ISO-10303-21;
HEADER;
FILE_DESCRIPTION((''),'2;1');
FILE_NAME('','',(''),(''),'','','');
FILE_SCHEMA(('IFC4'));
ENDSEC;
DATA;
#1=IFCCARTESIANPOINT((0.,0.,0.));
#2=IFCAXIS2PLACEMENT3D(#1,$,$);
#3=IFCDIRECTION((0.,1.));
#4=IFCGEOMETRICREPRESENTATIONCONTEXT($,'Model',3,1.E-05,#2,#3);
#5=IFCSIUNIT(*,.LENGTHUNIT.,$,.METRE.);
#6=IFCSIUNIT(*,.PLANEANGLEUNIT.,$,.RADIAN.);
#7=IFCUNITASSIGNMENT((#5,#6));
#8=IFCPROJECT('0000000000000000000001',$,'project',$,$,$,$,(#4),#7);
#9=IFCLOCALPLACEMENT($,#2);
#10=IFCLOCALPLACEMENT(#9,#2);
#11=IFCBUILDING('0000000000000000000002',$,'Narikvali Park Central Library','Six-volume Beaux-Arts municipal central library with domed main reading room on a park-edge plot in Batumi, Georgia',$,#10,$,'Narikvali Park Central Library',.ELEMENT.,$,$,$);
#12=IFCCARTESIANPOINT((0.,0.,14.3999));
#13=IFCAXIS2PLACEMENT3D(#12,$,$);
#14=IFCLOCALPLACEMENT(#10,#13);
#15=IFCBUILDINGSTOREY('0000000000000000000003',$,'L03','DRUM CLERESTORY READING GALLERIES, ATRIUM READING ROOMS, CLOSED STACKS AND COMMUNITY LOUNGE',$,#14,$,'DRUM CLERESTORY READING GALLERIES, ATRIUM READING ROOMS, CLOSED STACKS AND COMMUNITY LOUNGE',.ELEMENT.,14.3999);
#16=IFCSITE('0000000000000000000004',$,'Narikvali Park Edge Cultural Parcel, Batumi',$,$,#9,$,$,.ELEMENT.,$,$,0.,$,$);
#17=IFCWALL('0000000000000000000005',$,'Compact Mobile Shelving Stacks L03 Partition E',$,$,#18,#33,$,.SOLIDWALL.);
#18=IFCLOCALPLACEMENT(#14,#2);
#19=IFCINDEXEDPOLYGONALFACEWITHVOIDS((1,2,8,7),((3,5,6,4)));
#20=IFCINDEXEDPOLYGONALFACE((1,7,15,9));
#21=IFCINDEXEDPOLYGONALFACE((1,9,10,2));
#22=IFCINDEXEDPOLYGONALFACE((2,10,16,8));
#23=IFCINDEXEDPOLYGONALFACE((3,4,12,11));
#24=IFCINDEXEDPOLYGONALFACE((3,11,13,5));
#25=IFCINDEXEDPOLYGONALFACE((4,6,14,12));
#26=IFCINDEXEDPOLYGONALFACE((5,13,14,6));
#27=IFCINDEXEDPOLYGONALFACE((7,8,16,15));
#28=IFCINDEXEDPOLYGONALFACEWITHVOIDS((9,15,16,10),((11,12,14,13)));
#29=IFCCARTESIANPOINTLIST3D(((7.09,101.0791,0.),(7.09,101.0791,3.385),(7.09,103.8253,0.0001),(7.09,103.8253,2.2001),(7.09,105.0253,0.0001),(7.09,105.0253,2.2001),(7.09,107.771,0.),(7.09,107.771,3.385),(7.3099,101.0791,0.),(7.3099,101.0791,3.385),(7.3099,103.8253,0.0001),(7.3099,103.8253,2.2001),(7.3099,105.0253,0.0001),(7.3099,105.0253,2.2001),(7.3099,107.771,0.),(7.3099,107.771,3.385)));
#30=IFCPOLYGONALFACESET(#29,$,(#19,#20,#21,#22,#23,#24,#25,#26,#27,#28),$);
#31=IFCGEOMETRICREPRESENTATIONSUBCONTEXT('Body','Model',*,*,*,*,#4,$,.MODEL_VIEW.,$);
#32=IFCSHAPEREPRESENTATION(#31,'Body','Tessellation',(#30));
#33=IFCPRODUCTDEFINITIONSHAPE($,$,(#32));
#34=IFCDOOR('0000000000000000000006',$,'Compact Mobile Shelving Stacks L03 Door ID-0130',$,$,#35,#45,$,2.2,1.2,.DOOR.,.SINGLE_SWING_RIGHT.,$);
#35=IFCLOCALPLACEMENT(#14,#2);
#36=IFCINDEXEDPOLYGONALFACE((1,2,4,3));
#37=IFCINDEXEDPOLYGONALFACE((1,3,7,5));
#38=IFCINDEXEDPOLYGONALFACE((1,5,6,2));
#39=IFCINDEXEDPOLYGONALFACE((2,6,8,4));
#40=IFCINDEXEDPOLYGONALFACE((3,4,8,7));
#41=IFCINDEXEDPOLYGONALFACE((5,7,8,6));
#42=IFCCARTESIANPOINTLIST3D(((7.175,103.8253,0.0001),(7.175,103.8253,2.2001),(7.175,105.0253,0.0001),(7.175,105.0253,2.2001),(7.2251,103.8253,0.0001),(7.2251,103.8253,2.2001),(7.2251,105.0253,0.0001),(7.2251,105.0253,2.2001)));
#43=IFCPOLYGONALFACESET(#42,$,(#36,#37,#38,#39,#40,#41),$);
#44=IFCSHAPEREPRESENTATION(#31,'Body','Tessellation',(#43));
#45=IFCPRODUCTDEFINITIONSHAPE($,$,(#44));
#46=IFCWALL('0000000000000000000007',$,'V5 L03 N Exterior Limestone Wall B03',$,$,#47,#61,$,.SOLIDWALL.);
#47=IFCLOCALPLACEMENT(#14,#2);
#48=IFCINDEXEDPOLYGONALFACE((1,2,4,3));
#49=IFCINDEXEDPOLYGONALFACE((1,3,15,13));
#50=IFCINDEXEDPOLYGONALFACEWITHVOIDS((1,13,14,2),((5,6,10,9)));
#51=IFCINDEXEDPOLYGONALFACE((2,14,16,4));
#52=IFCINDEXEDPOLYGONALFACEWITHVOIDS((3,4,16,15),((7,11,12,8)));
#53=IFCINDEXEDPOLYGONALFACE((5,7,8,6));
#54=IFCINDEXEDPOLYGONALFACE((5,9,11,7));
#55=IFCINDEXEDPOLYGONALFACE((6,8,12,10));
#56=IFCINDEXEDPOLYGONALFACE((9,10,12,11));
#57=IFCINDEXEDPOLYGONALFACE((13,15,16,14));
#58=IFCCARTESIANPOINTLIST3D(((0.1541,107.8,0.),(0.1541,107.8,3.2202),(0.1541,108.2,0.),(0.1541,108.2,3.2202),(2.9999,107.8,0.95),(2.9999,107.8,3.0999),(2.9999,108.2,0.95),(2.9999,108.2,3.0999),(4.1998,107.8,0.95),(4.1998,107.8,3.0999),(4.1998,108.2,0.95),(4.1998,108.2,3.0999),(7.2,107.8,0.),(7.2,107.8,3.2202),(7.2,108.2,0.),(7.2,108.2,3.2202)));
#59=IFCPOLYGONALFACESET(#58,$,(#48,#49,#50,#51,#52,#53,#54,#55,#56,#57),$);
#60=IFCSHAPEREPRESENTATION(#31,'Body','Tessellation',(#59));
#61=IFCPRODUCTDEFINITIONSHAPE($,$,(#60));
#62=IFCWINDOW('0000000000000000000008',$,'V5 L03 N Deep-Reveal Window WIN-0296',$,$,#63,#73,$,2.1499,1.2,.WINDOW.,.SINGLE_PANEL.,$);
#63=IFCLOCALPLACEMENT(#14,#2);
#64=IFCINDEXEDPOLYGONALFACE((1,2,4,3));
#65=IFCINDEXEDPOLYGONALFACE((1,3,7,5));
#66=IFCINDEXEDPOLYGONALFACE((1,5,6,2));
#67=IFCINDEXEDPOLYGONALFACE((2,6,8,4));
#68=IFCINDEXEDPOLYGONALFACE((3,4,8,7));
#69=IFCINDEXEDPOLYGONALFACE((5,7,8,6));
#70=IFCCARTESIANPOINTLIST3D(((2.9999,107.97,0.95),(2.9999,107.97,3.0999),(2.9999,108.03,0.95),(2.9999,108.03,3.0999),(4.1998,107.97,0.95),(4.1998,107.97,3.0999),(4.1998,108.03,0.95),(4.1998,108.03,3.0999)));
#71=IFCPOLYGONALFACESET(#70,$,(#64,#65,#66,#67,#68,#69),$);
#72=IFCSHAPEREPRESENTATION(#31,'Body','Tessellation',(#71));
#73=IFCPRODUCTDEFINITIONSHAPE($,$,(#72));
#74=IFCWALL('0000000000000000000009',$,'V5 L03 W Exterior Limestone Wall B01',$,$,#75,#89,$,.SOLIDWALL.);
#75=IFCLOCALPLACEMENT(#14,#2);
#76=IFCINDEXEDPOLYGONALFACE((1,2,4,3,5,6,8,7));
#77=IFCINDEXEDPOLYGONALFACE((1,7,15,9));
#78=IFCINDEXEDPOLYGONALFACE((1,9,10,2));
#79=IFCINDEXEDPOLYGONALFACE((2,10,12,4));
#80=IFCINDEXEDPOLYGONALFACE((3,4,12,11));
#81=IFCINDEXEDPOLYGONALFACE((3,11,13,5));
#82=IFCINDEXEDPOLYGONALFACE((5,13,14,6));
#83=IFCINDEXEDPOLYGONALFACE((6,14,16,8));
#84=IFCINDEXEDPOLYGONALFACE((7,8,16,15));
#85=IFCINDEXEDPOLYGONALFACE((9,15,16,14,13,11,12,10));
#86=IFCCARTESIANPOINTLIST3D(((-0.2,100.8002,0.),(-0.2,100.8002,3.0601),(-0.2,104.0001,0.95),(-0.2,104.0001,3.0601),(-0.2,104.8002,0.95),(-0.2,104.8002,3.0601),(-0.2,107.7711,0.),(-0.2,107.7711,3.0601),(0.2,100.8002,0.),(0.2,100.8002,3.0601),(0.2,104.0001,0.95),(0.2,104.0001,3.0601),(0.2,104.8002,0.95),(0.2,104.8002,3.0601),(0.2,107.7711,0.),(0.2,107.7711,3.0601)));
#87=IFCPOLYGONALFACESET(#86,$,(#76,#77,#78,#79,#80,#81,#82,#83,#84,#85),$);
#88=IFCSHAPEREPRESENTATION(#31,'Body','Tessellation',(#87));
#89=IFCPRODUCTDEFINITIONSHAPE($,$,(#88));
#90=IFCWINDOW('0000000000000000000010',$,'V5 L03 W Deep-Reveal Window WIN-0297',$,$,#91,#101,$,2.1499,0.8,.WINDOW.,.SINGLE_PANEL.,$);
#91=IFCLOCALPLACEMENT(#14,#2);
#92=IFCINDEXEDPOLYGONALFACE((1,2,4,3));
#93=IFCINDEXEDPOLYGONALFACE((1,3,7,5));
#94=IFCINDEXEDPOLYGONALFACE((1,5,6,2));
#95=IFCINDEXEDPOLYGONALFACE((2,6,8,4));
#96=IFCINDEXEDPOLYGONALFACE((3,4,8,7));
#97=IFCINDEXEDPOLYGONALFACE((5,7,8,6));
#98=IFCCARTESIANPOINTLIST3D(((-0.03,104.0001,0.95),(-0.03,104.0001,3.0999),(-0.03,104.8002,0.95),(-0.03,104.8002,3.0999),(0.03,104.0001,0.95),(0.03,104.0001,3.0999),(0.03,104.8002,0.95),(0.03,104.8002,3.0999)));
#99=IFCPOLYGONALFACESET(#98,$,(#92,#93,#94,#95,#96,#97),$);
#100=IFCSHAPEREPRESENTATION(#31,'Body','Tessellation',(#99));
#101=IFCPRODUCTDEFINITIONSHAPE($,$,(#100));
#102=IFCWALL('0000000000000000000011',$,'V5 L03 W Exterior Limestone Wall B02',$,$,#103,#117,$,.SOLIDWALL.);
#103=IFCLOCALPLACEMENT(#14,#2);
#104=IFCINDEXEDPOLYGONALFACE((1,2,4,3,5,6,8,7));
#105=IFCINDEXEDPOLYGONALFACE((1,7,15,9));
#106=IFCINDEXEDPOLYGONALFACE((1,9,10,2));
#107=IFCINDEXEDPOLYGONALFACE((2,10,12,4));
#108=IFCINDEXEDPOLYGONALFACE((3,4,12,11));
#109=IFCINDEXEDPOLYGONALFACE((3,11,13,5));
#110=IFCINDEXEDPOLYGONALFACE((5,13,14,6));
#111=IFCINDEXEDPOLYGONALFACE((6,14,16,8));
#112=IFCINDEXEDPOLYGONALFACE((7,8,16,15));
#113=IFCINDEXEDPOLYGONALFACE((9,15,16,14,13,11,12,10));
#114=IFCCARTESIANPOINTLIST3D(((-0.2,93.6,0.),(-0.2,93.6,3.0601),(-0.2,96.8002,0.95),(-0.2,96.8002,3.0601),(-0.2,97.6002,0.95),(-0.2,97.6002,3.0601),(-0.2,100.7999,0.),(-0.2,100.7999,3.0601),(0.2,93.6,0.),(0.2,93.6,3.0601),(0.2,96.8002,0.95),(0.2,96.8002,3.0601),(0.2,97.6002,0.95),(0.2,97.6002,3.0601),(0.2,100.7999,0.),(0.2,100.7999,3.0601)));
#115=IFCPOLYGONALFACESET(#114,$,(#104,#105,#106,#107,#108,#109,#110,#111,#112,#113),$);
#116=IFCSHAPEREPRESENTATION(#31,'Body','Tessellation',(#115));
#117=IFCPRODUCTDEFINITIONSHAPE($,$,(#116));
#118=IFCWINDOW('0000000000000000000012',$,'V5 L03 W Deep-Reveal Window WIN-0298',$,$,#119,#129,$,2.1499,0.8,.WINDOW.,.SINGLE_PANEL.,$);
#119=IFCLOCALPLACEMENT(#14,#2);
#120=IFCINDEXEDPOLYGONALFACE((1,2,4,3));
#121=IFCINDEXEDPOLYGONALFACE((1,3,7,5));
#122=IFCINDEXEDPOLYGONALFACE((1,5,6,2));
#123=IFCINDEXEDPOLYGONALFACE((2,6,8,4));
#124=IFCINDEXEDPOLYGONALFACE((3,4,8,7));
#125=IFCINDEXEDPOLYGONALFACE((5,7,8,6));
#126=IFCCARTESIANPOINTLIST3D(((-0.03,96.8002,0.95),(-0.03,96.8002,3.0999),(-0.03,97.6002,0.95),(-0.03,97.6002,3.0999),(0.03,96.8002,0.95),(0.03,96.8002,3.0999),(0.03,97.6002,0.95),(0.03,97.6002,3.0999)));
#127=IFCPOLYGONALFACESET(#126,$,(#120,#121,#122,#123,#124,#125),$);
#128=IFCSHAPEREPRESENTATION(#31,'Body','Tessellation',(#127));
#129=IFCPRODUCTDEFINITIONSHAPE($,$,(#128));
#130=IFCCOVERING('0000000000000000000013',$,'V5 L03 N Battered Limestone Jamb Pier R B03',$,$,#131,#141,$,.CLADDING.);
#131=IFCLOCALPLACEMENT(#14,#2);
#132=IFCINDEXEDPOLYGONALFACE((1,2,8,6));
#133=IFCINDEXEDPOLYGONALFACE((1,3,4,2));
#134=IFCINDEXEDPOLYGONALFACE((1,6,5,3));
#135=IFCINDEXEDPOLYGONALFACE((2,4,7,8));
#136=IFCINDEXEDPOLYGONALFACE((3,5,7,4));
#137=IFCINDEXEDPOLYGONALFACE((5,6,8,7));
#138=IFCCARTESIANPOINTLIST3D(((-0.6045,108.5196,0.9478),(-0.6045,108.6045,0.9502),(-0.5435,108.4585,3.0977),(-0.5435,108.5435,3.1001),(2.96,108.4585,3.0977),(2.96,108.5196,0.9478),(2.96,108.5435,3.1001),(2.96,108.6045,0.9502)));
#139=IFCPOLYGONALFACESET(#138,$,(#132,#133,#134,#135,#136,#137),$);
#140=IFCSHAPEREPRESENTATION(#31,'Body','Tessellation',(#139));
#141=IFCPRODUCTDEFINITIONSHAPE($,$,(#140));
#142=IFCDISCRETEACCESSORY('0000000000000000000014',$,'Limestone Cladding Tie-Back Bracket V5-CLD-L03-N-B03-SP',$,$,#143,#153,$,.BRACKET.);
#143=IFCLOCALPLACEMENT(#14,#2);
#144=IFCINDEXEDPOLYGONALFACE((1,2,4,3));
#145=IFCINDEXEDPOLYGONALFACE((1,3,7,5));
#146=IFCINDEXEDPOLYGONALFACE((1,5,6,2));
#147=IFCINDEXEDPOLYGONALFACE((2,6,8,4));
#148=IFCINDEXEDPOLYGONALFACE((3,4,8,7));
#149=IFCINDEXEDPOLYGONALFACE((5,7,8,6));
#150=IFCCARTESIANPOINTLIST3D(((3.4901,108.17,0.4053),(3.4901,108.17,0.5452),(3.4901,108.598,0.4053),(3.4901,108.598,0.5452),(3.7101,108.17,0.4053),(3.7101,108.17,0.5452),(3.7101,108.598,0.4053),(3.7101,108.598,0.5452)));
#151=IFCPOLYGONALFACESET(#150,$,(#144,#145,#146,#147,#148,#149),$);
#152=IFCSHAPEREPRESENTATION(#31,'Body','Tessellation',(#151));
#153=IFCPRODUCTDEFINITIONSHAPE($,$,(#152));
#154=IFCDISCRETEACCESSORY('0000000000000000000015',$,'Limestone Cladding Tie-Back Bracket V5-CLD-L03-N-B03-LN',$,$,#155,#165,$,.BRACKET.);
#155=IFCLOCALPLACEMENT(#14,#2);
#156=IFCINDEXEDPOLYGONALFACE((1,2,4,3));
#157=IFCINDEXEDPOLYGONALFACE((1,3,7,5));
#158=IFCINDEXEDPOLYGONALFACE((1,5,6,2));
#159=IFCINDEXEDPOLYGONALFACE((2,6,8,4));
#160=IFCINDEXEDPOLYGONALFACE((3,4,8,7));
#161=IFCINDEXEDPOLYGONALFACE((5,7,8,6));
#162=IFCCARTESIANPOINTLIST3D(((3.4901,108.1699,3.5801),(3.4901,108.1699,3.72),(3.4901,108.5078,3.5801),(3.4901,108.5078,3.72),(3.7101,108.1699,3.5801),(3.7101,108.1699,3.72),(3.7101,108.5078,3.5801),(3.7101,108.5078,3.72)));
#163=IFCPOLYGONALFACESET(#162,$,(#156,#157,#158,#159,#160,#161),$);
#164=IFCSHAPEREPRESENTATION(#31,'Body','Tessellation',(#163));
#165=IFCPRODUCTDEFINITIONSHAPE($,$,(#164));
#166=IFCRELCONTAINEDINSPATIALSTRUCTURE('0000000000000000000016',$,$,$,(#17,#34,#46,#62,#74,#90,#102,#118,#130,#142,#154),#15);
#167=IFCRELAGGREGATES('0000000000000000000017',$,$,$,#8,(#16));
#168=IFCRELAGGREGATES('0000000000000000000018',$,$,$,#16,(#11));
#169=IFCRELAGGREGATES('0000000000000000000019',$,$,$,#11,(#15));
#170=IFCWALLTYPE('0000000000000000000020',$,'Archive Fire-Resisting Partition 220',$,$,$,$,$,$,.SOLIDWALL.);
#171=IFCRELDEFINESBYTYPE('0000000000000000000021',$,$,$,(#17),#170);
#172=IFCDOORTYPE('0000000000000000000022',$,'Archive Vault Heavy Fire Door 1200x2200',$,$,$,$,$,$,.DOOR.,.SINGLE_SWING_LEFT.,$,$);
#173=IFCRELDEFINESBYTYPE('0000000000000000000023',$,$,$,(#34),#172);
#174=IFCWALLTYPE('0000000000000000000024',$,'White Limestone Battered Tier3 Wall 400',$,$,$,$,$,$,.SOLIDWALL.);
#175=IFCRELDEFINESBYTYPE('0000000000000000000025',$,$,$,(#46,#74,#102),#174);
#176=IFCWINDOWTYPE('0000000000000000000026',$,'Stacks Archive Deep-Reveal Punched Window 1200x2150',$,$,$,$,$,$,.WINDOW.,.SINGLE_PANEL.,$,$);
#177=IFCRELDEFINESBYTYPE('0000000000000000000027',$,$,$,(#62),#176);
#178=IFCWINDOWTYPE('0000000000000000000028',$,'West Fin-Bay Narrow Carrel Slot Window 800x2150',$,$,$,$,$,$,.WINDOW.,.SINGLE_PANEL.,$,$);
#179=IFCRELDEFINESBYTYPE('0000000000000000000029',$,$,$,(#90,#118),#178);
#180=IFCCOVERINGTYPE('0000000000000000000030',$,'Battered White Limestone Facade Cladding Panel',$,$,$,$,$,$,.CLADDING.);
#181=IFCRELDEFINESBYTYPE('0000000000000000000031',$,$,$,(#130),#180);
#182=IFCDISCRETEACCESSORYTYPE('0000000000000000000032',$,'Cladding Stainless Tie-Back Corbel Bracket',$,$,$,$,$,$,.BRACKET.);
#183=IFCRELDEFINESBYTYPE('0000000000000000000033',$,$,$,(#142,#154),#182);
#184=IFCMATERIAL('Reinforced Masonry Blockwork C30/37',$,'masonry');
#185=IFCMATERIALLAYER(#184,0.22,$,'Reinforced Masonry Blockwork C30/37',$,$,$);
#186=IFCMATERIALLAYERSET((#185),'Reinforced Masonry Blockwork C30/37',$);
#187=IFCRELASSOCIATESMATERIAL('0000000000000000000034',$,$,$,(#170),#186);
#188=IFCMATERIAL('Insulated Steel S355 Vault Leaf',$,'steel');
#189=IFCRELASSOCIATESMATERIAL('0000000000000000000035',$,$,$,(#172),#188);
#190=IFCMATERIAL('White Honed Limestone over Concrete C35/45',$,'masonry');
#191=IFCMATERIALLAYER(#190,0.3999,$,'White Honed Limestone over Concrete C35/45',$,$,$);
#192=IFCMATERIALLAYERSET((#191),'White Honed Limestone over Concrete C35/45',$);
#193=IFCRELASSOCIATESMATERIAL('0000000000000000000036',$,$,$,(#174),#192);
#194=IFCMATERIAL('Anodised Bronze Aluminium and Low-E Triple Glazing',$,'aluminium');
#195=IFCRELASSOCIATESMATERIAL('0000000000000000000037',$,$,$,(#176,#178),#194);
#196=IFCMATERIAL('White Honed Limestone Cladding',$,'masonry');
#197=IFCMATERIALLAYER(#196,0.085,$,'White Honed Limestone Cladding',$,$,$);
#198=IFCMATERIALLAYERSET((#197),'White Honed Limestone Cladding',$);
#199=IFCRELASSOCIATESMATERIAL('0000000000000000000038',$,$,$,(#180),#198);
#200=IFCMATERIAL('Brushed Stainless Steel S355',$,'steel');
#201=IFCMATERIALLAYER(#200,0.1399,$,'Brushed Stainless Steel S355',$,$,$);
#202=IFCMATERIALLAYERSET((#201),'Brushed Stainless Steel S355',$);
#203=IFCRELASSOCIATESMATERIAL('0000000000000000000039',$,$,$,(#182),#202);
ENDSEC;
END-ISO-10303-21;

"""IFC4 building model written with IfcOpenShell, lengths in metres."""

from ifc_helpers import new_model, si_unit, direction, frame, frame_2d, origin, origin_2d, place, context, subcontext, project, spatial, polyline, rectangle, outline, extrude, material, layer, layer_set, type_object, element, fill, save


model = new_model("IFC4")

# Units and contexts
model_context = context("Model", 3, precision=1e-05, world=origin(), true_north=direction((0.0, 1.0)))
body_context = subcontext(model_context, "Body", "Model", "MODEL_VIEW")
ifc_project = project(units=[si_unit("LENGTHUNIT", "METRE"), si_unit("PLANEANGLEUNIT", "RADIAN")], contexts=[model_context])

# Site, building, storey
site_placement = place(None, origin())
site = spatial("IfcSite", under=ifc_project, at=site_placement, Name="Narikvali Park Edge Cultural Parcel, Batumi", CompositionType="ELEMENT", RefElevation=0.0)
building_placement = place(site_placement, origin())
building = spatial("IfcBuilding", under=site, at=building_placement, Name="Narikvali Park Central Library", Description="Six-volume Beaux-Arts municipal central library with domed main reading room on a park-edge plot in Batumi, Georgia", LongName="Narikvali Park Central Library", CompositionType="ELEMENT")
storey_placement = place(building_placement, frame((0.0, 0.0, 14.3999)))
storey = spatial("IfcBuildingStorey", under=building, at=storey_placement, Name="L03", Description="DRUM CLERESTORY READING GALLERIES, ATRIUM READING ROOMS, CLOSED STACKS AND COMMUNITY LOUNGE", LongName="DRUM CLERESTORY READING GALLERIES, ATRIUM READING ROOMS, CLOSED STACKS AND COMMUNITY LOUNGE", CompositionType="ELEMENT", Elevation=14.3999)

# Wall, opening, door
ifc_material_1 = material(Name="Reinforced Masonry Blockwork C30/37", Category="masonry")
ifc_layer_1 = layer(ifc_material_1, 0.22, Name="Reinforced Masonry Blockwork C30/37")
ifc_layer_set_1 = layer_set([ifc_layer_1], Name="Reinforced Masonry Blockwork C30/37")
wall_type_1 = type_object("IfcWallType", Name="Archive Fire-Resisting Partition 220", PredefinedType="SOLIDWALL", material=ifc_layer_set_1)
wall_1_placement = place(storey_placement, frame((7.2, 101.0791, 0.0), z_axis=(0.0, 0.0, 1.0), x_axis=(0.0, 1.0, 0.0)))
wall_1 = element("IfcWall", 1, at=wall_1_placement, inside=storey, type_object=wall_type_1, Name="Compact Mobile Shelving Stacks L03 Partition E", PredefinedType="SOLIDWALL", context=body_context, shape_type="SweptSolid", body=[
    extrude(rectangle(XDim=6.6919, YDim=0.22, at=frame_2d((3.3459, 0.0))), origin(), (0.0, 0.0, 1.0), 3.385),
])
opening_1_placement = place(wall_1_placement, frame((2.7461, 0.0, 0.0)))
opening_1 = element("IfcOpeningElement", 2, at=opening_1_placement, cuts=wall_1, PredefinedType="OPENING", context=body_context, shape_type="SweptSolid", body=[
    extrude(rectangle(XDim=1.2, YDim=2.2, at=frame_2d((0.6001, 1.1001))), frame((0.0, 0.1221, 0.0), z_axis=(0.0, -1.0, 0.0), x_axis=(1.0, 0.0, 0.0)), (0.0, 0.0, 1.0), 0.2439),
])
ifc_material_2 = material(Name="Insulated Steel S355 Vault Leaf", Category="steel")
door_type = type_object("IfcDoorType", Name="Archive Vault Heavy Fire Door 1200x2200", OperationType="SINGLE_SWING_LEFT", PredefinedType="DOOR", material=ifc_material_2)
door_placement = place(opening_1_placement, origin())
door = element("IfcDoor", 3, at=door_placement, inside=storey, type_object=door_type, Name="Compact Mobile Shelving Stacks L03 Door ID-0130", OperationType="SINGLE_SWING_RIGHT", OverallHeight=2.2, OverallWidth=1.2, PredefinedType="DOOR", context=body_context, shape_type="SweptSolid", body=[
    extrude(rectangle(XDim=1.2, YDim=2.2, at=frame_2d((0.6001, 1.1001))), frame((0.0, 0.0249, 0.0), z_axis=(0.0, -1.0, 0.0), x_axis=(1.0, 0.0, 0.0)), (0.0, 0.0, 1.0), 0.05),
])
fill(opening_1, door)

# Walls, openings, windows
ifc_material_3 = material(Name="White Honed Limestone over Concrete C35/45", Category="masonry")
ifc_layer_2 = layer(ifc_material_3, 0.3999, Name="White Honed Limestone over Concrete C35/45")
ifc_layer_set_2 = layer_set([ifc_layer_2], Name="White Honed Limestone over Concrete C35/45")
wall_type_2 = type_object("IfcWallType", Name="White Limestone Battered Tier3 Wall 400", PredefinedType="SOLIDWALL", material=ifc_layer_set_2)
wall_2_placement = place(storey_placement, frame((7.2, 108.0, 0.0), z_axis=(0.0, 0.0, 1.0), x_axis=(-1.0, 0.0, 0.0)))
wall_2 = element("IfcWall", 4, at=wall_2_placement, inside=storey, type_object=wall_type_2, Name="V5 L03 N Exterior Limestone Wall B03", PredefinedType="SOLIDWALL", context=body_context, shape_type="SweptSolid", body=[
    extrude(rectangle(XDim=7.0459, YDim=0.3999, at=frame_2d((3.5229, 0.0))), origin(), (0.0, 0.0, 1.0), 3.2202),
])
opening_2_placement = place(wall_2_placement, frame((3.0, 0.0, 0.95)))
opening_2 = element("IfcOpeningElement", 5, at=opening_2_placement, cuts=wall_2, PredefinedType="OPENING", context=body_context, shape_type="SweptSolid", body=[
    extrude(rectangle(XDim=1.2, YDim=2.1499, at=frame_2d((0.6001, 1.075))), frame((0.0, 0.2119, 0.0), z_axis=(0.0, -1.0, 0.0), x_axis=(1.0, 0.0, 0.0)), (0.0, 0.0, 1.0), 0.4238),
])
ifc_material_4 = material(Name="Anodised Bronze Aluminium and Low-E Triple Glazing", Category="aluminium")
window_type_1 = type_object("IfcWindowType", Name="Stacks Archive Deep-Reveal Punched Window 1200x2150", PartitioningType="SINGLE_PANEL", PredefinedType="WINDOW", material=ifc_material_4)
window_1_placement = place(opening_2_placement, origin())
window_1 = element("IfcWindow", 6, at=window_1_placement, inside=storey, type_object=window_type_1, Name="V5 L03 N Deep-Reveal Window WIN-0296", OverallHeight=2.1499, OverallWidth=1.2, PartitioningType="SINGLE_PANEL", PredefinedType="WINDOW", context=body_context, shape_type="SweptSolid", body=[
    extrude(rectangle(XDim=1.2, YDim=2.1499, at=frame_2d((0.6001, 1.075))), frame((0.0, 0.03, 0.0), z_axis=(0.0, -1.0, 0.0), x_axis=(1.0, 0.0, 0.0)), (0.0, 0.0, 1.0), 0.0601),
])
fill(opening_2, window_1)
wall_3_placement = place(storey_placement, frame((0.0, 107.771, 0.0), z_axis=(0.0, 0.0, 1.0), x_axis=(0.0, -1.0, 0.0)))
wall_3 = element("IfcWall", 7, at=wall_3_placement, inside=storey, type_object=wall_type_2, Name="V5 L03 W Exterior Limestone Wall B01", PredefinedType="SOLIDWALL", context=body_context, shape_type="SweptSolid", body=[
    extrude(rectangle(XDim=6.9709, YDim=0.3999, at=frame_2d((3.4854, 0.0))), origin(), (0.0, 0.0, 1.0), 3.0601),
])
opening_3_placement = place(wall_3_placement, frame((2.9709, 0.0, 0.95)))
opening_3 = element("IfcOpeningElement", 8, at=opening_3_placement, cuts=wall_3, PredefinedType="OPENING", context=body_context, shape_type="SweptSolid", body=[
    extrude(rectangle(XDim=0.8, YDim=2.1499, at=frame_2d((0.3999, 1.075))), frame((0.0, 0.2119, 0.0), z_axis=(0.0, -1.0, 0.0), x_axis=(1.0, 0.0, 0.0)), (0.0, 0.0, 1.0), 0.4238),
])
window_type_2 = type_object("IfcWindowType", Name="West Fin-Bay Narrow Carrel Slot Window 800x2150", PartitioningType="SINGLE_PANEL", PredefinedType="WINDOW", material=ifc_material_4)
window_2_placement = place(opening_3_placement, origin())
window_2 = element("IfcWindow", 9, at=window_2_placement, inside=storey, type_object=window_type_2, Name="V5 L03 W Deep-Reveal Window WIN-0297", OverallHeight=2.1499, OverallWidth=0.8, PartitioningType="SINGLE_PANEL", PredefinedType="WINDOW", context=body_context, shape_type="SweptSolid", body=[
    extrude(rectangle(XDim=0.8, YDim=2.1499, at=frame_2d((0.3999, 1.075))), frame((0.0, 0.03, 0.0), z_axis=(0.0, -1.0, 0.0), x_axis=(1.0, 0.0, 0.0)), (0.0, 0.0, 1.0), 0.0601),
])
fill(opening_3, window_2)
wall_4_placement = place(storey_placement, frame((0.0, 100.8, 0.0), z_axis=(0.0, 0.0, 1.0), x_axis=(0.0, -1.0, 0.0)))
wall_4 = element("IfcWall", 10, at=wall_4_placement, inside=storey, type_object=wall_type_2, Name="V5 L03 W Exterior Limestone Wall B02", PredefinedType="SOLIDWALL", context=body_context, shape_type="SweptSolid", body=[
    extrude(rectangle(XDim=7.2, YDim=0.3999, at=frame_2d((3.6001, 0.0))), origin(), (0.0, 0.0, 1.0), 3.0601),
])
opening_4_placement = place(wall_4_placement, frame((3.2, 0.0, 0.95)))
opening_4 = element("IfcOpeningElement", 11, at=opening_4_placement, cuts=wall_4, PredefinedType="OPENING", context=body_context, shape_type="SweptSolid", body=[
    extrude(rectangle(XDim=0.8, YDim=2.1499, at=frame_2d((0.3999, 1.075))), frame((0.0, 0.2119, 0.0), z_axis=(0.0, -1.0, 0.0), x_axis=(1.0, 0.0, 0.0)), (0.0, 0.0, 1.0), 0.4238),
])
window_3_placement = place(opening_4_placement, origin())
window_3 = element("IfcWindow", 12, at=window_3_placement, inside=storey, type_object=window_type_2, Name="V5 L03 W Deep-Reveal Window WIN-0298", OverallHeight=2.1499, OverallWidth=0.8, PartitioningType="SINGLE_PANEL", PredefinedType="WINDOW", context=body_context, shape_type="SweptSolid", body=[
    extrude(rectangle(XDim=0.8, YDim=2.1499, at=frame_2d((0.3999, 1.075))), frame((0.0, 0.03, 0.0), z_axis=(0.0, -1.0, 0.0), x_axis=(1.0, 0.0, 0.0)), (0.0, 0.0, 1.0), 0.0601),
])
fill(opening_4, window_3)

# Covering
ifc_material_5 = material(Name="White Honed Limestone Cladding", Category="masonry")
ifc_layer_3 = layer(ifc_material_5, 0.085, Name="White Honed Limestone Cladding")
ifc_layer_set_3 = layer_set([ifc_layer_3], Name="White Honed Limestone Cladding")
covering_type = type_object("IfcCoveringType", Name="Battered White Limestone Facade Cladding Panel", PredefinedType="CLADDING", material=ifc_layer_set_3)
covering_placement = place(storey_placement, frame((2.96, 108.6045, 0.9502), z_axis=(0.0, 0.999597, 0.028378), x_axis=(-1.0, 0.0, 0.0)))
element("IfcCovering", 13, at=covering_placement, inside=storey, type_object=covering_type, Name="V5 L03 N Battered Limestone Jamb Pier R B03", PredefinedType="CLADDING", context=body_context, shape_type="SweptSolid", body=[
    extrude(outline(polyline([(0.0, 0.0), (3.5645, 0.0), (3.5034, 2.1508), (0.0, 2.1508), (0.0, 0.0)])), origin(), (0.0, 0.0, -1.0), 0.085),
])

# Discrete accessories
ifc_material_6 = material(Name="Brushed Stainless Steel S355", Category="steel")
ifc_layer_4 = layer(ifc_material_6, 0.1399, Name="Brushed Stainless Steel S355")
ifc_layer_set_4 = layer_set([ifc_layer_4], Name="Brushed Stainless Steel S355")
discrete_accessory_type = type_object("IfcDiscreteAccessoryType", Name="Cladding Stainless Tie-Back Corbel Bracket", PredefinedType="BRACKET", material=ifc_layer_set_4)
discrete_accessory_1_placement = place(storey_placement, frame((3.6001, 108.384, 0.4053), z_axis=(0.0, 0.0, 1.0), x_axis=(1.0, 0.0, 0.0)))
element("IfcDiscreteAccessory", 14, at=discrete_accessory_1_placement, inside=storey, type_object=discrete_accessory_type, Name="Limestone Cladding Tie-Back Bracket V5-CLD-L03-N-B03-SP", PredefinedType="BRACKET", context=body_context, shape_type="SweptSolid", body=[
    extrude(rectangle(XDim=0.22, YDim=0.428, at=origin_2d()), origin(), (0.0, 0.0, 1.0), 0.1399),
])
discrete_accessory_2_placement = place(storey_placement, frame((3.6001, 108.3389, 3.5801), z_axis=(0.0, 0.0, 1.0), x_axis=(1.0, 0.0, 0.0)))
element("IfcDiscreteAccessory", 15, at=discrete_accessory_2_placement, inside=storey, type_object=discrete_accessory_type, Name="Limestone Cladding Tie-Back Bracket V5-CLD-L03-N-B03-LN", PredefinedType="BRACKET", context=body_context, shape_type="SweptSolid", body=[
    extrude(rectangle(XDim=0.22, YDim=0.3379, at=origin_2d()), origin(), (0.0, 0.0, 1.0), 0.1399),
])

save(model, "model.ifc")
